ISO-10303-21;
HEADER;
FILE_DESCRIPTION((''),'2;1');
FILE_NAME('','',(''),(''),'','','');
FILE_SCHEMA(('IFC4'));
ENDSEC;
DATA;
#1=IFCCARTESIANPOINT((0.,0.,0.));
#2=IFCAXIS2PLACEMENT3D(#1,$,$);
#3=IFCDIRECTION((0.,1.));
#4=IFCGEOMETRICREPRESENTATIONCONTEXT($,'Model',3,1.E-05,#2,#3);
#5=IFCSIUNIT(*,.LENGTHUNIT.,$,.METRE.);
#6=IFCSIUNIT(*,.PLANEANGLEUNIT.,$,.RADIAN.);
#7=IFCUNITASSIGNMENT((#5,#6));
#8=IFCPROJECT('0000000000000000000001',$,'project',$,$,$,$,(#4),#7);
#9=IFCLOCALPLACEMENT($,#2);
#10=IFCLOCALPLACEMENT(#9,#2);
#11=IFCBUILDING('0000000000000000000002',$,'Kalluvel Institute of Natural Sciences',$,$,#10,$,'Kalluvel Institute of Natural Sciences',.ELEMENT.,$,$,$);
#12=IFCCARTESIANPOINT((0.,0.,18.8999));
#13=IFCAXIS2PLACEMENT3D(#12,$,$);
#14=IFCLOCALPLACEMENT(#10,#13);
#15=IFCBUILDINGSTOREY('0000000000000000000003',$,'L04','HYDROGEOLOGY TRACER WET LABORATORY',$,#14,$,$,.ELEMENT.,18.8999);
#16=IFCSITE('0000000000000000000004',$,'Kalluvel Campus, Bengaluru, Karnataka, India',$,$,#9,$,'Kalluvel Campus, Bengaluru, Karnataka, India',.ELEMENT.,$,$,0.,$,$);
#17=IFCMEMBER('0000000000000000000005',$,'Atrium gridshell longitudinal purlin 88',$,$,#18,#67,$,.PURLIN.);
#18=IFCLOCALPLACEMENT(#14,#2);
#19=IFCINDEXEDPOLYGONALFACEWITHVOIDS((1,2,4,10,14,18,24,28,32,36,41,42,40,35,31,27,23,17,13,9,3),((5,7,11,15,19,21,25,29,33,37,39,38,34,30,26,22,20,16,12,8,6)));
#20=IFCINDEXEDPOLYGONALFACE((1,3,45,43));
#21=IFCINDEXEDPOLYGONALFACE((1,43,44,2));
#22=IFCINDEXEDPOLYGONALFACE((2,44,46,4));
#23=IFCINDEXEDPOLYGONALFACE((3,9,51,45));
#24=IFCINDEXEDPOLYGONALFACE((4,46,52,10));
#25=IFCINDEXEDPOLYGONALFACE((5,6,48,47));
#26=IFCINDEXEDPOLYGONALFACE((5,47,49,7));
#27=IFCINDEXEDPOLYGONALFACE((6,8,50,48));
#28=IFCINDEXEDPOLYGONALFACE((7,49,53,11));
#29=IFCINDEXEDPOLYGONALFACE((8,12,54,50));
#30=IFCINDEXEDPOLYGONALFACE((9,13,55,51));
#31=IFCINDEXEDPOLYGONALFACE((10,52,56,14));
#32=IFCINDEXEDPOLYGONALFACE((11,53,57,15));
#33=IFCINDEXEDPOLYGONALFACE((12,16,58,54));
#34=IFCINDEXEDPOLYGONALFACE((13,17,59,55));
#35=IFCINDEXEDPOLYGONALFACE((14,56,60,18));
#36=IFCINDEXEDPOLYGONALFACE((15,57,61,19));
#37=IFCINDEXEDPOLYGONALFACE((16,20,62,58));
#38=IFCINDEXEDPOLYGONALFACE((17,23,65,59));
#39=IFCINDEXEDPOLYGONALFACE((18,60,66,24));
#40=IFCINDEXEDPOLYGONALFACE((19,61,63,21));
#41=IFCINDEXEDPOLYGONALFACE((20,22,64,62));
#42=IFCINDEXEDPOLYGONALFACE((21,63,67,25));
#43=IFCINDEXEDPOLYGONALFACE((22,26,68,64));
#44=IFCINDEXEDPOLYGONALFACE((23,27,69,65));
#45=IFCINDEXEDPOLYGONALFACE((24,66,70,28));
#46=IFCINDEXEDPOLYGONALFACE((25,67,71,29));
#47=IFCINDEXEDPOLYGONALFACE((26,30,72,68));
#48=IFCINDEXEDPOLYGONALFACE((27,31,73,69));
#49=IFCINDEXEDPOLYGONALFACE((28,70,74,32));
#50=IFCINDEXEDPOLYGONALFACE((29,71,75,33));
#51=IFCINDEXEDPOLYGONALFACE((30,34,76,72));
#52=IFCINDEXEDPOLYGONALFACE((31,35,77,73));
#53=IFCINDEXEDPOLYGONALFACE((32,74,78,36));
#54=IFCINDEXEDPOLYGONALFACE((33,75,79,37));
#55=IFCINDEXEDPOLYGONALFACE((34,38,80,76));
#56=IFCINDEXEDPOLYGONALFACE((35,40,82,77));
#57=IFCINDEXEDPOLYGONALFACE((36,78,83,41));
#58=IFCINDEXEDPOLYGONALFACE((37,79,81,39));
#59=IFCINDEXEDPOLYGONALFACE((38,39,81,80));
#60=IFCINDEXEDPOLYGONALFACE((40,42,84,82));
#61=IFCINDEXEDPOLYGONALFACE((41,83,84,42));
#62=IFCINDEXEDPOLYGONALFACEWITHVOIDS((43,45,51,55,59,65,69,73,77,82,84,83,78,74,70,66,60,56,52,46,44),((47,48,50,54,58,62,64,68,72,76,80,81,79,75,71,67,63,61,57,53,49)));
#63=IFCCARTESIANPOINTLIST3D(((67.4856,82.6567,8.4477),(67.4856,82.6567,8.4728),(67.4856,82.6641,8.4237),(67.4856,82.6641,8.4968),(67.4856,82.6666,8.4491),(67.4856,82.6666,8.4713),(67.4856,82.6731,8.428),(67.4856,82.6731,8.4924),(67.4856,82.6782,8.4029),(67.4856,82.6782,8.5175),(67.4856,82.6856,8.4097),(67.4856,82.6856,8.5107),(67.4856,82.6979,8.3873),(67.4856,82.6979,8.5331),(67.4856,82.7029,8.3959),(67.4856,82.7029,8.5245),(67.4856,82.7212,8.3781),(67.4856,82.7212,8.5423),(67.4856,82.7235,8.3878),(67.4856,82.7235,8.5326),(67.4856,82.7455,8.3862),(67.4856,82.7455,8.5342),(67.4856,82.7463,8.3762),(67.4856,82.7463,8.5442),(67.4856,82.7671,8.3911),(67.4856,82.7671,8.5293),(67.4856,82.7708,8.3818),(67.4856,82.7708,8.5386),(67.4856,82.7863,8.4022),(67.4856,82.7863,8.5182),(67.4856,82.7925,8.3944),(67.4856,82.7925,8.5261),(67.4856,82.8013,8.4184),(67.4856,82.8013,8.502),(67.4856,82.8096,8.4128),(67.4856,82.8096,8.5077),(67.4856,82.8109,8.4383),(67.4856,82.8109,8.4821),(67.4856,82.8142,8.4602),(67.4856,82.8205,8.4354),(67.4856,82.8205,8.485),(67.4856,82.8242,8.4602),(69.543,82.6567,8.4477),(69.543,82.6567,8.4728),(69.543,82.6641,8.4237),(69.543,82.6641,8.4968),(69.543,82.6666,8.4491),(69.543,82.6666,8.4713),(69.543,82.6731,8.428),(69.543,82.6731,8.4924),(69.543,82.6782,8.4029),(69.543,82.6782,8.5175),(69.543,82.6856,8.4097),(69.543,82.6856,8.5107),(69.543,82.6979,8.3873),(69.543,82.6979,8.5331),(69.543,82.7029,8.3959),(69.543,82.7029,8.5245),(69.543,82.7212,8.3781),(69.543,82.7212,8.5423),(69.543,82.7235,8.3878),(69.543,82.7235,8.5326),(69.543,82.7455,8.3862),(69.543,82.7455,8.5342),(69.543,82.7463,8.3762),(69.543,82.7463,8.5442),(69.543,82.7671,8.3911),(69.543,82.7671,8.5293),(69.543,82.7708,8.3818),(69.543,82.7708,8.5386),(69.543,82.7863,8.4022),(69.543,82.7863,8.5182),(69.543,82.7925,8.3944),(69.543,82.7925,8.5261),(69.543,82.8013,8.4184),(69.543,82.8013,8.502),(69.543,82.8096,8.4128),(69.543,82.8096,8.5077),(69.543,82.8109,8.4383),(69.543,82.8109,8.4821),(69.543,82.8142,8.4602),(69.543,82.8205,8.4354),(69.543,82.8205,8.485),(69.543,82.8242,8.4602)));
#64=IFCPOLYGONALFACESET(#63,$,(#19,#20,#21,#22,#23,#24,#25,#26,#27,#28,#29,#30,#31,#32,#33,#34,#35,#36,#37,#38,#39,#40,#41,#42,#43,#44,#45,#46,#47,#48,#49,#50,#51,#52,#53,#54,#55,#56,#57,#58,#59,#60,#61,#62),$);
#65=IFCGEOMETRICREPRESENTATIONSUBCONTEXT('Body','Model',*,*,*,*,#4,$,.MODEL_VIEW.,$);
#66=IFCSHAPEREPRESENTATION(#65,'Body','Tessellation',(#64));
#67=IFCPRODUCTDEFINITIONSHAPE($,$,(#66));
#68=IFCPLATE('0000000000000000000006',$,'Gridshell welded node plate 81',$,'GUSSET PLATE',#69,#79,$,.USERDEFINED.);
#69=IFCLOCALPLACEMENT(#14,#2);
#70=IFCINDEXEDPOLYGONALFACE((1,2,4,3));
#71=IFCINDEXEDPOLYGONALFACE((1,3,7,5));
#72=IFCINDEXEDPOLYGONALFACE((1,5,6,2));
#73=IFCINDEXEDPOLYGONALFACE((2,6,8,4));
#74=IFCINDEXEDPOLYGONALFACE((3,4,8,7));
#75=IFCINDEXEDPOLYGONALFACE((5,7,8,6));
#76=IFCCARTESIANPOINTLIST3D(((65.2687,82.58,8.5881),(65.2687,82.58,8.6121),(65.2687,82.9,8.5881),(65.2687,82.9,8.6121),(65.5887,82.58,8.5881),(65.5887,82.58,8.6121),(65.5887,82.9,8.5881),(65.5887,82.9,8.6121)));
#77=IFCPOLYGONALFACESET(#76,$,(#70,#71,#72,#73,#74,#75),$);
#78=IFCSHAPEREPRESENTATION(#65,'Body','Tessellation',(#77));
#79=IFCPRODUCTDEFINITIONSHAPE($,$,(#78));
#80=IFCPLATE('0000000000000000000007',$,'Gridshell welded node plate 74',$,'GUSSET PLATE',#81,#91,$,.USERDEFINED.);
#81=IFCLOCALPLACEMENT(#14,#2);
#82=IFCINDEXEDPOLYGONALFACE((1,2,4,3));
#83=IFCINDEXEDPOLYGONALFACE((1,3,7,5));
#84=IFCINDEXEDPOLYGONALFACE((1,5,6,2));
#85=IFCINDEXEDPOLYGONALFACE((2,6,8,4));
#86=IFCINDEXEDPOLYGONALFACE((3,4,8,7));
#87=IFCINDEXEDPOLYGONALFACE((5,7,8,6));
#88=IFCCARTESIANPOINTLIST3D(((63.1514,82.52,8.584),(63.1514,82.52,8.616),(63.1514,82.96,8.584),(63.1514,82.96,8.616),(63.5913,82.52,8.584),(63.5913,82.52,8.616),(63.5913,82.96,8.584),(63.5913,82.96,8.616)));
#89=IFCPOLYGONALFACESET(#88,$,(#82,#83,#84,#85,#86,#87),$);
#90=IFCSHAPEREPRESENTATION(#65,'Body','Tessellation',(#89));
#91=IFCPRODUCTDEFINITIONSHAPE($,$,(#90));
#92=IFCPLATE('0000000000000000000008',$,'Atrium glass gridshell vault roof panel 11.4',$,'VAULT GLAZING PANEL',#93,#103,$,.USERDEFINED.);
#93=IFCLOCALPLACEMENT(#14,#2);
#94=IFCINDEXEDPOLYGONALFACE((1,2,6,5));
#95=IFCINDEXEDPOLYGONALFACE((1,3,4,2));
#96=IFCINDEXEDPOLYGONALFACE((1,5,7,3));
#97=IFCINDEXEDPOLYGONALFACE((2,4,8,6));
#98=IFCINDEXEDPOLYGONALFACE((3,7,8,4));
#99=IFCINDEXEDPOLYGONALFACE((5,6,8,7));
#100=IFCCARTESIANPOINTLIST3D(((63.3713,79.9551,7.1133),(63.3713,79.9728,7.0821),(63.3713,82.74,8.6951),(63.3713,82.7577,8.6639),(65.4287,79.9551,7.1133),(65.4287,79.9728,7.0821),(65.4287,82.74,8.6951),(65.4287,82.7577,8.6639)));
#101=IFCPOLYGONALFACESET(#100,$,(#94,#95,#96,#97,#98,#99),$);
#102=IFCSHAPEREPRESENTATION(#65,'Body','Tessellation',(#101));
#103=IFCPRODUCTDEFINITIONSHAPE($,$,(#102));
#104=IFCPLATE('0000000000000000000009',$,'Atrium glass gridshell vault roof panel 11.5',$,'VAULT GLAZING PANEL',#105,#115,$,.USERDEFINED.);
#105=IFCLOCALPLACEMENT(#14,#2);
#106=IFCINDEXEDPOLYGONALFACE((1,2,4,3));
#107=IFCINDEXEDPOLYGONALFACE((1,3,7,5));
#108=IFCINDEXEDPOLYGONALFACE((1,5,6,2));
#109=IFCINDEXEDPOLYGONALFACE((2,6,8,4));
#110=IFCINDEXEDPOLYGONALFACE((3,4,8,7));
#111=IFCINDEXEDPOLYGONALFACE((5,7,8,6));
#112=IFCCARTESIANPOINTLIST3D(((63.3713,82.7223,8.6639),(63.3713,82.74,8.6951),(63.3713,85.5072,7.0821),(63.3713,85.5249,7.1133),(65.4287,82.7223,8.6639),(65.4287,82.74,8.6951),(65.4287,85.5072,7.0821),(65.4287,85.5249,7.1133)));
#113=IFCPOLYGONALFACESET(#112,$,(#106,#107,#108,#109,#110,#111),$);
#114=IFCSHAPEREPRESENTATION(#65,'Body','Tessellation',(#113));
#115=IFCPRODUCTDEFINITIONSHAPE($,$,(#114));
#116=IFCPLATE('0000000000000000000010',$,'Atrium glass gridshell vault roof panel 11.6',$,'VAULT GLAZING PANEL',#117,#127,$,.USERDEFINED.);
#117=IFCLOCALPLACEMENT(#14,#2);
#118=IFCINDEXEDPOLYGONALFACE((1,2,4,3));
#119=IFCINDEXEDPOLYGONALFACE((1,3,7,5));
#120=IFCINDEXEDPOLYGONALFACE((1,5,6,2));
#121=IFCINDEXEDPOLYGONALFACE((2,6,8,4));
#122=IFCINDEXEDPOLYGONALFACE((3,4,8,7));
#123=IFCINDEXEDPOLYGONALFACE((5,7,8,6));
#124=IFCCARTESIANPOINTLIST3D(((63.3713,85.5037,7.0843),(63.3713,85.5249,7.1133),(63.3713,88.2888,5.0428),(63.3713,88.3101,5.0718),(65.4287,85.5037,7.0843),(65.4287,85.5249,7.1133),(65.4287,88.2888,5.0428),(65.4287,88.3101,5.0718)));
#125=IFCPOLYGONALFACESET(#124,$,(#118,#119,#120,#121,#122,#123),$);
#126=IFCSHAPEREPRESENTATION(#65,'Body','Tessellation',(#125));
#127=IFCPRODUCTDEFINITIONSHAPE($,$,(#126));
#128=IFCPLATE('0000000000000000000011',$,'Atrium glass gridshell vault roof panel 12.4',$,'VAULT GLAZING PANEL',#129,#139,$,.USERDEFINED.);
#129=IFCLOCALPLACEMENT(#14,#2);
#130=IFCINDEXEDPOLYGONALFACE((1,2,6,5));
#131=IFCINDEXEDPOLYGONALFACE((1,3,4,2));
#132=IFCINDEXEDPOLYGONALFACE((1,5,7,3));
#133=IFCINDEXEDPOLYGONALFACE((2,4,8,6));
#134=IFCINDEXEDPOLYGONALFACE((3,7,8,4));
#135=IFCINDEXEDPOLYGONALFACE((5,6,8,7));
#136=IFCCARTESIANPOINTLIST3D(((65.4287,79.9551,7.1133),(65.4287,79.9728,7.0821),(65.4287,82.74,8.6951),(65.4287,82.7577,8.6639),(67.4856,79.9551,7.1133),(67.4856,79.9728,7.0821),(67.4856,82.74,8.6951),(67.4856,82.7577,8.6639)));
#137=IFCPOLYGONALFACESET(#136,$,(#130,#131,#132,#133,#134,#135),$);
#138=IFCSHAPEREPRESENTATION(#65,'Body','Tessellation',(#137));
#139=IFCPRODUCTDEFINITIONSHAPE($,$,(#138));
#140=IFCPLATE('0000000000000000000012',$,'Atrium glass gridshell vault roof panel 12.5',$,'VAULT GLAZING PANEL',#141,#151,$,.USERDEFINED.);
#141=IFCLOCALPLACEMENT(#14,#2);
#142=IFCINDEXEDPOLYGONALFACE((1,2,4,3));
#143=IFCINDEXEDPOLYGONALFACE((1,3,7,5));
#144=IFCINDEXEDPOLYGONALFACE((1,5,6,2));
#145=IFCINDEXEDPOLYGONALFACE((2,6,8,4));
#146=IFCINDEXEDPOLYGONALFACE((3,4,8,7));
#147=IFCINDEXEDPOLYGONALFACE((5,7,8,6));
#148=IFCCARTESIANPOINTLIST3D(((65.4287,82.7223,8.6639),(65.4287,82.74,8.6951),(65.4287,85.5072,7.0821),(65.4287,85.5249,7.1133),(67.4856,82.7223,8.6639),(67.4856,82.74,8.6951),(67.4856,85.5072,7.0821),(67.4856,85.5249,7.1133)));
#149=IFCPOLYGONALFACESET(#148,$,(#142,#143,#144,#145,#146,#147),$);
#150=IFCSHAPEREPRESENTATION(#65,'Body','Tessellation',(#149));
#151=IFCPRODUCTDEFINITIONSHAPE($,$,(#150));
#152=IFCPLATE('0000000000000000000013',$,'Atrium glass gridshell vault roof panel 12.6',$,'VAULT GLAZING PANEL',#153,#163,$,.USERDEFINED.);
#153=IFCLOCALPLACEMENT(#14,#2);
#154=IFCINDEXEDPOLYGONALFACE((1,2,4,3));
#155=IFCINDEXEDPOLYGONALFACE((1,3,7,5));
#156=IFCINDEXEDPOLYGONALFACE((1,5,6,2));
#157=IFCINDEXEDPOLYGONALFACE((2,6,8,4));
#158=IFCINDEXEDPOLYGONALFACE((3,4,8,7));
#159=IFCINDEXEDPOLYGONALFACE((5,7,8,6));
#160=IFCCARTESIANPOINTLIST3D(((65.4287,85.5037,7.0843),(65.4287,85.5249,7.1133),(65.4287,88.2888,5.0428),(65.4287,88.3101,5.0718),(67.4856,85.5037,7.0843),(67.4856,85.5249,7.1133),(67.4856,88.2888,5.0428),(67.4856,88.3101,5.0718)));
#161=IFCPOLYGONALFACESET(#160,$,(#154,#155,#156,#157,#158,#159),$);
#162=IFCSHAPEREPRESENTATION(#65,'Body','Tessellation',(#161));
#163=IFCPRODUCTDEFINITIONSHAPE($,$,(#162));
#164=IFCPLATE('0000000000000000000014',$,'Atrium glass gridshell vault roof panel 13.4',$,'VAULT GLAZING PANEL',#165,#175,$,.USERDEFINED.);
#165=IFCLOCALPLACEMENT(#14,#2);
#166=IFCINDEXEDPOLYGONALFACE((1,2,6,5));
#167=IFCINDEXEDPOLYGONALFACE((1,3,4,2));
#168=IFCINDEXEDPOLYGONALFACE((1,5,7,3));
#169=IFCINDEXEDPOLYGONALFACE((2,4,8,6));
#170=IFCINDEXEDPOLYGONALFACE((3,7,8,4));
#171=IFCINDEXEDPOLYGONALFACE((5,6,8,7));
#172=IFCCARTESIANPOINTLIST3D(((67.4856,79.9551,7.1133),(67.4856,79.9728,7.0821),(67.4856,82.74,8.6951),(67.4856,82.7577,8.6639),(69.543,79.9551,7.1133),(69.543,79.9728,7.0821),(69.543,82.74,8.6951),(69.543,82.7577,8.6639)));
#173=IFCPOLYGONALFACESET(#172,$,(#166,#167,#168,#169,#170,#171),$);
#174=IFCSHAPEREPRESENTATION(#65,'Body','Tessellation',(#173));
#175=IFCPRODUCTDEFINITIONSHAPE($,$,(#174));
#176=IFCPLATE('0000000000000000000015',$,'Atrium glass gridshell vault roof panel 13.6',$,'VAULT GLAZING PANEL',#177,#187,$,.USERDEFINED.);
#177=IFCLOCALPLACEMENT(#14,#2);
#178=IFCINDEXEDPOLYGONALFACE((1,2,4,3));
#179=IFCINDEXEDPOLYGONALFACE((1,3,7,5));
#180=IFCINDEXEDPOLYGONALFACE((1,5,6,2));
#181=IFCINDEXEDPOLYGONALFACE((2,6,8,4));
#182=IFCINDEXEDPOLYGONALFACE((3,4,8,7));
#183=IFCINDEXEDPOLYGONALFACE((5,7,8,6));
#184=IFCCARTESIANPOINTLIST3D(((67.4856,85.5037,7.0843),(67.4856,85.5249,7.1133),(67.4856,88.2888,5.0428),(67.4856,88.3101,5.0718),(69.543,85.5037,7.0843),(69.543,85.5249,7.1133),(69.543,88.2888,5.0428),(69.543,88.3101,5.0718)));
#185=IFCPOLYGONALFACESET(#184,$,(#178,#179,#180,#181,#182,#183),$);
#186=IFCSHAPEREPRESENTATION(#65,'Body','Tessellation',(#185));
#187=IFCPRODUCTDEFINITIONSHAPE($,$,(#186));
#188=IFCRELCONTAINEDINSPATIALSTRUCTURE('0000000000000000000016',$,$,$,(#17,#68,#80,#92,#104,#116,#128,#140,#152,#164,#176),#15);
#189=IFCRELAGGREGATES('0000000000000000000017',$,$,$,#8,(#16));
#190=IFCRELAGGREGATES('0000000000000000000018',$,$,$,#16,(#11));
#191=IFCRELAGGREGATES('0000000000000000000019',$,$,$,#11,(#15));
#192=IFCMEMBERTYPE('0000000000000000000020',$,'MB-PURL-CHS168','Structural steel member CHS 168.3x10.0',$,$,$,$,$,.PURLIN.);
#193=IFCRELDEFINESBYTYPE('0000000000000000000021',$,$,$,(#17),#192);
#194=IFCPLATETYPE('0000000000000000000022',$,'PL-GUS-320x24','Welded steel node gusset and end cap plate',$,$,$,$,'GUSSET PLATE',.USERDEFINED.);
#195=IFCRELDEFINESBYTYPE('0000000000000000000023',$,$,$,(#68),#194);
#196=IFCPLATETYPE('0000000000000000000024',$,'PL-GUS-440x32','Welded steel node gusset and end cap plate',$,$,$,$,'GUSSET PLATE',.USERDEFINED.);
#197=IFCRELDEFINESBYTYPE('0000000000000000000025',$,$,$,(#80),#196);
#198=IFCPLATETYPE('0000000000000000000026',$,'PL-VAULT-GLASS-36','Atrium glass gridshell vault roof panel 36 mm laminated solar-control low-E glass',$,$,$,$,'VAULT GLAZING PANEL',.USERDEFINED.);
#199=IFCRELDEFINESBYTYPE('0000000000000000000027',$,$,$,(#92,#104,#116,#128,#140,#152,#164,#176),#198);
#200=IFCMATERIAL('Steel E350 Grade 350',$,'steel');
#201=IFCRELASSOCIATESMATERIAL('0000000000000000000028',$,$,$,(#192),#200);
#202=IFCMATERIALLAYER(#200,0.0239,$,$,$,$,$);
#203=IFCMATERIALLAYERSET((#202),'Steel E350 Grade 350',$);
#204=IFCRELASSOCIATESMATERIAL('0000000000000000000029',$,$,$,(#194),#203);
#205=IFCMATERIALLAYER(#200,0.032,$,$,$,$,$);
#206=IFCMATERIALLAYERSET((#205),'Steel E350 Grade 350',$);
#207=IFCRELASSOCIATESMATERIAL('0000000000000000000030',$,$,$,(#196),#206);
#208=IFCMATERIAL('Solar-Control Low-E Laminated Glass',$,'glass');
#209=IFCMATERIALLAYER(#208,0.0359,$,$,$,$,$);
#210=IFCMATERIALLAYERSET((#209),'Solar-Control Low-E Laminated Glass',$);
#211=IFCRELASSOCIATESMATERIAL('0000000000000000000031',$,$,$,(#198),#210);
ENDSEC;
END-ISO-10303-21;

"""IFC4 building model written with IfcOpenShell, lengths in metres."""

from ifc_helpers import new_model, si_unit, direction, frame, origin, origin_2d, place, context, subcontext, project, spatial, polyline, rectangle, hollow_circle, outline, extrude, material, layer, layer_set, material_profile, profile_set, type_object, element, save


model = new_model("IFC4")

# Units and contexts
model_context = context("Model", 3, precision=1e-05, world=origin(), true_north=direction((0.0, 1.0)))
body_context = subcontext(model_context, "Body", "Model", "MODEL_VIEW")
ifc_project = project(units=[si_unit("LENGTHUNIT", "METRE"), si_unit("PLANEANGLEUNIT", "RADIAN")], contexts=[model_context])

# Site, building, storey
site_placement = place(None, origin())
site = spatial("IfcSite", under=ifc_project, at=site_placement, Name="Kalluvel Campus, Bengaluru, Karnataka, India", LongName="Kalluvel Campus, Bengaluru, Karnataka, India", CompositionType="ELEMENT", RefElevation=0.0)
building_placement = place(site_placement, origin())
building = spatial("IfcBuilding", under=site, at=building_placement, Name="Kalluvel Institute of Natural Sciences", LongName="Kalluvel Institute of Natural Sciences", CompositionType="ELEMENT")
storey_placement = place(building_placement, frame((0.0, 0.0, 18.8999)))
storey = spatial("IfcBuildingStorey", under=building, at=storey_placement, Name="L04", Description="HYDROGEOLOGY TRACER WET LABORATORY", CompositionType="ELEMENT", Elevation=18.8999)

# Member
ifc_material_1 = material(Name="Steel E350 Grade 350", Category="steel")
ifc_material_profile_1 = material_profile(ifc_material_1, hollow_circle(Radius=0.0842, WallThickness=0.01, at=origin_2d()), Name="CHS 168.3x10.0")
ifc_profile_set_1 = profile_set([ifc_material_profile_1], Name="Steel E350 Grade 350")
member_type_1 = type_object("IfcMemberType", Name="MB-PURL-CHS168", Description="Structural steel member CHS 168.3x10.0", PredefinedType="PURLIN", material=ifc_profile_set_1)
member_1_placement = place(storey_placement, frame((67.4856, 82.74, 8.4602), z_axis=(1.0, 0.0, 0.0), x_axis=(0.0, 1.0, 0.0)))
element("IfcMember", 1, at=member_1_placement, inside=storey, type_object=member_type_1, Name="Atrium gridshell longitudinal purlin 88", PredefinedType="PURLIN", context=body_context, shape_type="SweptSolid", body=[
    extrude(hollow_circle(Radius=0.0842, WallThickness=0.01, at=origin_2d()), origin(), (0.0, 0.0, 1.0), 2.0574),
])

# Plates
ifc_layer_1 = layer(ifc_material_1, 0.0239)
ifc_layer_set_1 = layer_set([ifc_layer_1], Name="Steel E350 Grade 350")
plate_type_1 = type_object("IfcPlateType", Name="PL-GUS-320x24", Description="Welded steel node gusset and end cap plate", ElementType="GUSSET PLATE", PredefinedType="USERDEFINED", material=ifc_layer_set_1)
plate_1_placement = place(storey_placement, frame((65.4287, 82.74, 8.5881), z_axis=(0.0, 0.0, 1.0), x_axis=(1.0, 0.0, 0.0)))
element("IfcPlate", 2, at=plate_1_placement, inside=storey, type_object=plate_type_1, Name="Gridshell welded node plate 81", ObjectType="GUSSET PLATE", PredefinedType="USERDEFINED", context=body_context, shape_type="SweptSolid", body=[
    extrude(rectangle(XDim=0.3201, YDim=0.3201, at=origin_2d()), origin(), (0.0, 0.0, 1.0), 0.0239),
])
ifc_layer_2 = layer(ifc_material_1, 0.032)
ifc_layer_set_2 = layer_set([ifc_layer_2], Name="Steel E350 Grade 350")
plate_type_2 = type_object("IfcPlateType", Name="PL-GUS-440x32", Description="Welded steel node gusset and end cap plate", ElementType="GUSSET PLATE", PredefinedType="USERDEFINED", material=ifc_layer_set_2)
plate_2_placement = place(storey_placement, frame((63.3713, 82.74, 8.584), z_axis=(0.0, 0.0, 1.0), x_axis=(1.0, 0.0, 0.0)))
element("IfcPlate", 3, at=plate_2_placement, inside=storey, type_object=plate_type_2, Name="Gridshell welded node plate 74", ObjectType="GUSSET PLATE", PredefinedType="USERDEFINED", context=body_context, shape_type="SweptSolid", body=[
    extrude(rectangle(XDim=0.4399, YDim=0.4399, at=origin_2d()), origin(), (0.0, 0.0, 1.0), 0.032),
])
ifc_material_2 = material(Name="Solar-Control Low-E Laminated Glass", Category="glass")
ifc_layer_3 = layer(ifc_material_2, 0.0359)
ifc_layer_set_3 = layer_set([ifc_layer_3], Name="Solar-Control Low-E Laminated Glass")
plate_type_3 = type_object("IfcPlateType", Name="PL-VAULT-GLASS-36", Description="Atrium glass gridshell vault roof panel 36 mm laminated solar-control low-E glass", ElementType="VAULT GLAZING PANEL", PredefinedType="USERDEFINED", material=ifc_layer_set_3)
for number, where, z_axis, x_axis, name in (
    (4, (63.3713, 79.9551, 7.1133), (0.0, -0.49388, 0.86953), (1.0, 0.0, 0.0), "Atrium glass gridshell vault roof panel 11.4"),
    (5, (63.3713, 82.74, 8.6951), (0.0, 0.49388, 0.86953), (1.0, 0.0, 0.0), "Atrium glass gridshell vault roof panel 11.5"),
):
    element("IfcPlate", number, at=place(storey_placement, frame(where, z_axis=z_axis, x_axis=x_axis)), inside=storey, type_object=plate_type_3, Name=name, ObjectType="VAULT GLAZING PANEL", PredefinedType="USERDEFINED", context=body_context, shape_type="SweptSolid", body=[
        extrude(outline(polyline([(0.0, 0.0), (2.0574, 0.0), (2.0574, 3.2028), (0.0, 3.2028), (0.0, 0.0)])), origin(), (0.0, 0.0, -1.0), 0.0359),
    ])
plate_3_placement = place(storey_placement, frame((63.3713, 85.5249, 7.1133), z_axis=(0.0, 0.591186, 0.806535), x_axis=(1.0, 0.0, 0.0)))
element("IfcPlate", 6, at=plate_3_placement, inside=storey, type_object=plate_type_3, Name="Atrium glass gridshell vault roof panel 11.6", ObjectType="VAULT GLAZING PANEL", PredefinedType="USERDEFINED", context=body_context, shape_type="SweptSolid", body=[
    extrude(outline(polyline([(0.0, 0.0), (2.0574, 0.0), (2.0574, 3.4532), (0.0, 3.4532), (0.0, 0.0)])), origin(), (0.0, 0.0, -1.0), 0.0359),
])
for number, where, z_axis, x_axis, name in (
    (7, (65.4287, 79.9551, 7.1133), (0.0, -0.49388, 0.86953), (1.0, 0.0, 0.0), "Atrium glass gridshell vault roof panel 12.4"),
    (8, (65.4287, 82.74, 8.6951), (0.0, 0.49388, 0.86953), (1.0, 0.0, 0.0), "Atrium glass gridshell vault roof panel 12.5"),
):
    element("IfcPlate", number, at=place(storey_placement, frame(where, z_axis=z_axis, x_axis=x_axis)), inside=storey, type_object=plate_type_3, Name=name, ObjectType="VAULT GLAZING PANEL", PredefinedType="USERDEFINED", context=body_context, shape_type="SweptSolid", body=[
        extrude(outline(polyline([(0.0, 0.0), (2.0569, 0.0), (2.0569, 3.2028), (0.0, 3.2028), (0.0, 0.0)])), origin(), (0.0, 0.0, -1.0), 0.0359),
    ])
plate_4_placement = place(storey_placement, frame((65.4287, 85.5249, 7.1133), z_axis=(0.0, 0.591186, 0.806535), x_axis=(1.0, 0.0, 0.0)))
element("IfcPlate", 9, at=plate_4_placement, inside=storey, type_object=plate_type_3, Name="Atrium glass gridshell vault roof panel 12.6", ObjectType="VAULT GLAZING PANEL", PredefinedType="USERDEFINED", context=body_context, shape_type="SweptSolid", body=[
    extrude(outline(polyline([(0.0, 0.0), (2.0569, 0.0), (2.0569, 3.4532), (0.0, 3.4532), (0.0, 0.0)])), origin(), (0.0, 0.0, -1.0), 0.0359),
])
plate_5_placement = place(storey_placement, frame((67.4856, 79.9551, 7.1133), z_axis=(0.0, -0.49388, 0.86953), x_axis=(1.0, 0.0, 0.0)))
element("IfcPlate", 10, at=plate_5_placement, inside=storey, type_object=plate_type_3, Name="Atrium glass gridshell vault roof panel 13.4", ObjectType="VAULT GLAZING PANEL", PredefinedType="USERDEFINED", context=body_context, shape_type="SweptSolid", body=[
    extrude(outline(polyline([(0.0, 0.0), (2.0574, 0.0), (2.0574, 3.2028), (0.0, 3.2028), (0.0, 0.0)])), origin(), (0.0, 0.0, -1.0), 0.0359),
])
plate_6_placement = place(storey_placement, frame((67.4856, 85.5249, 7.1133), z_axis=(0.0, 0.591186, 0.806535), x_axis=(1.0, 0.0, 0.0)))
element("IfcPlate", 11, at=plate_6_placement, inside=storey, type_object=plate_type_3, Name="Atrium glass gridshell vault roof panel 13.6", ObjectType="VAULT GLAZING PANEL", PredefinedType="USERDEFINED", context=body_context, shape_type="SweptSolid", body=[
    extrude(outline(polyline([(0.0, 0.0), (2.0574, 0.0), (2.0574, 3.4532), (0.0, 3.4532), (0.0, 0.0)])), origin(), (0.0, 0.0, -1.0), 0.0359),
])

save(model, "model.ifc")
